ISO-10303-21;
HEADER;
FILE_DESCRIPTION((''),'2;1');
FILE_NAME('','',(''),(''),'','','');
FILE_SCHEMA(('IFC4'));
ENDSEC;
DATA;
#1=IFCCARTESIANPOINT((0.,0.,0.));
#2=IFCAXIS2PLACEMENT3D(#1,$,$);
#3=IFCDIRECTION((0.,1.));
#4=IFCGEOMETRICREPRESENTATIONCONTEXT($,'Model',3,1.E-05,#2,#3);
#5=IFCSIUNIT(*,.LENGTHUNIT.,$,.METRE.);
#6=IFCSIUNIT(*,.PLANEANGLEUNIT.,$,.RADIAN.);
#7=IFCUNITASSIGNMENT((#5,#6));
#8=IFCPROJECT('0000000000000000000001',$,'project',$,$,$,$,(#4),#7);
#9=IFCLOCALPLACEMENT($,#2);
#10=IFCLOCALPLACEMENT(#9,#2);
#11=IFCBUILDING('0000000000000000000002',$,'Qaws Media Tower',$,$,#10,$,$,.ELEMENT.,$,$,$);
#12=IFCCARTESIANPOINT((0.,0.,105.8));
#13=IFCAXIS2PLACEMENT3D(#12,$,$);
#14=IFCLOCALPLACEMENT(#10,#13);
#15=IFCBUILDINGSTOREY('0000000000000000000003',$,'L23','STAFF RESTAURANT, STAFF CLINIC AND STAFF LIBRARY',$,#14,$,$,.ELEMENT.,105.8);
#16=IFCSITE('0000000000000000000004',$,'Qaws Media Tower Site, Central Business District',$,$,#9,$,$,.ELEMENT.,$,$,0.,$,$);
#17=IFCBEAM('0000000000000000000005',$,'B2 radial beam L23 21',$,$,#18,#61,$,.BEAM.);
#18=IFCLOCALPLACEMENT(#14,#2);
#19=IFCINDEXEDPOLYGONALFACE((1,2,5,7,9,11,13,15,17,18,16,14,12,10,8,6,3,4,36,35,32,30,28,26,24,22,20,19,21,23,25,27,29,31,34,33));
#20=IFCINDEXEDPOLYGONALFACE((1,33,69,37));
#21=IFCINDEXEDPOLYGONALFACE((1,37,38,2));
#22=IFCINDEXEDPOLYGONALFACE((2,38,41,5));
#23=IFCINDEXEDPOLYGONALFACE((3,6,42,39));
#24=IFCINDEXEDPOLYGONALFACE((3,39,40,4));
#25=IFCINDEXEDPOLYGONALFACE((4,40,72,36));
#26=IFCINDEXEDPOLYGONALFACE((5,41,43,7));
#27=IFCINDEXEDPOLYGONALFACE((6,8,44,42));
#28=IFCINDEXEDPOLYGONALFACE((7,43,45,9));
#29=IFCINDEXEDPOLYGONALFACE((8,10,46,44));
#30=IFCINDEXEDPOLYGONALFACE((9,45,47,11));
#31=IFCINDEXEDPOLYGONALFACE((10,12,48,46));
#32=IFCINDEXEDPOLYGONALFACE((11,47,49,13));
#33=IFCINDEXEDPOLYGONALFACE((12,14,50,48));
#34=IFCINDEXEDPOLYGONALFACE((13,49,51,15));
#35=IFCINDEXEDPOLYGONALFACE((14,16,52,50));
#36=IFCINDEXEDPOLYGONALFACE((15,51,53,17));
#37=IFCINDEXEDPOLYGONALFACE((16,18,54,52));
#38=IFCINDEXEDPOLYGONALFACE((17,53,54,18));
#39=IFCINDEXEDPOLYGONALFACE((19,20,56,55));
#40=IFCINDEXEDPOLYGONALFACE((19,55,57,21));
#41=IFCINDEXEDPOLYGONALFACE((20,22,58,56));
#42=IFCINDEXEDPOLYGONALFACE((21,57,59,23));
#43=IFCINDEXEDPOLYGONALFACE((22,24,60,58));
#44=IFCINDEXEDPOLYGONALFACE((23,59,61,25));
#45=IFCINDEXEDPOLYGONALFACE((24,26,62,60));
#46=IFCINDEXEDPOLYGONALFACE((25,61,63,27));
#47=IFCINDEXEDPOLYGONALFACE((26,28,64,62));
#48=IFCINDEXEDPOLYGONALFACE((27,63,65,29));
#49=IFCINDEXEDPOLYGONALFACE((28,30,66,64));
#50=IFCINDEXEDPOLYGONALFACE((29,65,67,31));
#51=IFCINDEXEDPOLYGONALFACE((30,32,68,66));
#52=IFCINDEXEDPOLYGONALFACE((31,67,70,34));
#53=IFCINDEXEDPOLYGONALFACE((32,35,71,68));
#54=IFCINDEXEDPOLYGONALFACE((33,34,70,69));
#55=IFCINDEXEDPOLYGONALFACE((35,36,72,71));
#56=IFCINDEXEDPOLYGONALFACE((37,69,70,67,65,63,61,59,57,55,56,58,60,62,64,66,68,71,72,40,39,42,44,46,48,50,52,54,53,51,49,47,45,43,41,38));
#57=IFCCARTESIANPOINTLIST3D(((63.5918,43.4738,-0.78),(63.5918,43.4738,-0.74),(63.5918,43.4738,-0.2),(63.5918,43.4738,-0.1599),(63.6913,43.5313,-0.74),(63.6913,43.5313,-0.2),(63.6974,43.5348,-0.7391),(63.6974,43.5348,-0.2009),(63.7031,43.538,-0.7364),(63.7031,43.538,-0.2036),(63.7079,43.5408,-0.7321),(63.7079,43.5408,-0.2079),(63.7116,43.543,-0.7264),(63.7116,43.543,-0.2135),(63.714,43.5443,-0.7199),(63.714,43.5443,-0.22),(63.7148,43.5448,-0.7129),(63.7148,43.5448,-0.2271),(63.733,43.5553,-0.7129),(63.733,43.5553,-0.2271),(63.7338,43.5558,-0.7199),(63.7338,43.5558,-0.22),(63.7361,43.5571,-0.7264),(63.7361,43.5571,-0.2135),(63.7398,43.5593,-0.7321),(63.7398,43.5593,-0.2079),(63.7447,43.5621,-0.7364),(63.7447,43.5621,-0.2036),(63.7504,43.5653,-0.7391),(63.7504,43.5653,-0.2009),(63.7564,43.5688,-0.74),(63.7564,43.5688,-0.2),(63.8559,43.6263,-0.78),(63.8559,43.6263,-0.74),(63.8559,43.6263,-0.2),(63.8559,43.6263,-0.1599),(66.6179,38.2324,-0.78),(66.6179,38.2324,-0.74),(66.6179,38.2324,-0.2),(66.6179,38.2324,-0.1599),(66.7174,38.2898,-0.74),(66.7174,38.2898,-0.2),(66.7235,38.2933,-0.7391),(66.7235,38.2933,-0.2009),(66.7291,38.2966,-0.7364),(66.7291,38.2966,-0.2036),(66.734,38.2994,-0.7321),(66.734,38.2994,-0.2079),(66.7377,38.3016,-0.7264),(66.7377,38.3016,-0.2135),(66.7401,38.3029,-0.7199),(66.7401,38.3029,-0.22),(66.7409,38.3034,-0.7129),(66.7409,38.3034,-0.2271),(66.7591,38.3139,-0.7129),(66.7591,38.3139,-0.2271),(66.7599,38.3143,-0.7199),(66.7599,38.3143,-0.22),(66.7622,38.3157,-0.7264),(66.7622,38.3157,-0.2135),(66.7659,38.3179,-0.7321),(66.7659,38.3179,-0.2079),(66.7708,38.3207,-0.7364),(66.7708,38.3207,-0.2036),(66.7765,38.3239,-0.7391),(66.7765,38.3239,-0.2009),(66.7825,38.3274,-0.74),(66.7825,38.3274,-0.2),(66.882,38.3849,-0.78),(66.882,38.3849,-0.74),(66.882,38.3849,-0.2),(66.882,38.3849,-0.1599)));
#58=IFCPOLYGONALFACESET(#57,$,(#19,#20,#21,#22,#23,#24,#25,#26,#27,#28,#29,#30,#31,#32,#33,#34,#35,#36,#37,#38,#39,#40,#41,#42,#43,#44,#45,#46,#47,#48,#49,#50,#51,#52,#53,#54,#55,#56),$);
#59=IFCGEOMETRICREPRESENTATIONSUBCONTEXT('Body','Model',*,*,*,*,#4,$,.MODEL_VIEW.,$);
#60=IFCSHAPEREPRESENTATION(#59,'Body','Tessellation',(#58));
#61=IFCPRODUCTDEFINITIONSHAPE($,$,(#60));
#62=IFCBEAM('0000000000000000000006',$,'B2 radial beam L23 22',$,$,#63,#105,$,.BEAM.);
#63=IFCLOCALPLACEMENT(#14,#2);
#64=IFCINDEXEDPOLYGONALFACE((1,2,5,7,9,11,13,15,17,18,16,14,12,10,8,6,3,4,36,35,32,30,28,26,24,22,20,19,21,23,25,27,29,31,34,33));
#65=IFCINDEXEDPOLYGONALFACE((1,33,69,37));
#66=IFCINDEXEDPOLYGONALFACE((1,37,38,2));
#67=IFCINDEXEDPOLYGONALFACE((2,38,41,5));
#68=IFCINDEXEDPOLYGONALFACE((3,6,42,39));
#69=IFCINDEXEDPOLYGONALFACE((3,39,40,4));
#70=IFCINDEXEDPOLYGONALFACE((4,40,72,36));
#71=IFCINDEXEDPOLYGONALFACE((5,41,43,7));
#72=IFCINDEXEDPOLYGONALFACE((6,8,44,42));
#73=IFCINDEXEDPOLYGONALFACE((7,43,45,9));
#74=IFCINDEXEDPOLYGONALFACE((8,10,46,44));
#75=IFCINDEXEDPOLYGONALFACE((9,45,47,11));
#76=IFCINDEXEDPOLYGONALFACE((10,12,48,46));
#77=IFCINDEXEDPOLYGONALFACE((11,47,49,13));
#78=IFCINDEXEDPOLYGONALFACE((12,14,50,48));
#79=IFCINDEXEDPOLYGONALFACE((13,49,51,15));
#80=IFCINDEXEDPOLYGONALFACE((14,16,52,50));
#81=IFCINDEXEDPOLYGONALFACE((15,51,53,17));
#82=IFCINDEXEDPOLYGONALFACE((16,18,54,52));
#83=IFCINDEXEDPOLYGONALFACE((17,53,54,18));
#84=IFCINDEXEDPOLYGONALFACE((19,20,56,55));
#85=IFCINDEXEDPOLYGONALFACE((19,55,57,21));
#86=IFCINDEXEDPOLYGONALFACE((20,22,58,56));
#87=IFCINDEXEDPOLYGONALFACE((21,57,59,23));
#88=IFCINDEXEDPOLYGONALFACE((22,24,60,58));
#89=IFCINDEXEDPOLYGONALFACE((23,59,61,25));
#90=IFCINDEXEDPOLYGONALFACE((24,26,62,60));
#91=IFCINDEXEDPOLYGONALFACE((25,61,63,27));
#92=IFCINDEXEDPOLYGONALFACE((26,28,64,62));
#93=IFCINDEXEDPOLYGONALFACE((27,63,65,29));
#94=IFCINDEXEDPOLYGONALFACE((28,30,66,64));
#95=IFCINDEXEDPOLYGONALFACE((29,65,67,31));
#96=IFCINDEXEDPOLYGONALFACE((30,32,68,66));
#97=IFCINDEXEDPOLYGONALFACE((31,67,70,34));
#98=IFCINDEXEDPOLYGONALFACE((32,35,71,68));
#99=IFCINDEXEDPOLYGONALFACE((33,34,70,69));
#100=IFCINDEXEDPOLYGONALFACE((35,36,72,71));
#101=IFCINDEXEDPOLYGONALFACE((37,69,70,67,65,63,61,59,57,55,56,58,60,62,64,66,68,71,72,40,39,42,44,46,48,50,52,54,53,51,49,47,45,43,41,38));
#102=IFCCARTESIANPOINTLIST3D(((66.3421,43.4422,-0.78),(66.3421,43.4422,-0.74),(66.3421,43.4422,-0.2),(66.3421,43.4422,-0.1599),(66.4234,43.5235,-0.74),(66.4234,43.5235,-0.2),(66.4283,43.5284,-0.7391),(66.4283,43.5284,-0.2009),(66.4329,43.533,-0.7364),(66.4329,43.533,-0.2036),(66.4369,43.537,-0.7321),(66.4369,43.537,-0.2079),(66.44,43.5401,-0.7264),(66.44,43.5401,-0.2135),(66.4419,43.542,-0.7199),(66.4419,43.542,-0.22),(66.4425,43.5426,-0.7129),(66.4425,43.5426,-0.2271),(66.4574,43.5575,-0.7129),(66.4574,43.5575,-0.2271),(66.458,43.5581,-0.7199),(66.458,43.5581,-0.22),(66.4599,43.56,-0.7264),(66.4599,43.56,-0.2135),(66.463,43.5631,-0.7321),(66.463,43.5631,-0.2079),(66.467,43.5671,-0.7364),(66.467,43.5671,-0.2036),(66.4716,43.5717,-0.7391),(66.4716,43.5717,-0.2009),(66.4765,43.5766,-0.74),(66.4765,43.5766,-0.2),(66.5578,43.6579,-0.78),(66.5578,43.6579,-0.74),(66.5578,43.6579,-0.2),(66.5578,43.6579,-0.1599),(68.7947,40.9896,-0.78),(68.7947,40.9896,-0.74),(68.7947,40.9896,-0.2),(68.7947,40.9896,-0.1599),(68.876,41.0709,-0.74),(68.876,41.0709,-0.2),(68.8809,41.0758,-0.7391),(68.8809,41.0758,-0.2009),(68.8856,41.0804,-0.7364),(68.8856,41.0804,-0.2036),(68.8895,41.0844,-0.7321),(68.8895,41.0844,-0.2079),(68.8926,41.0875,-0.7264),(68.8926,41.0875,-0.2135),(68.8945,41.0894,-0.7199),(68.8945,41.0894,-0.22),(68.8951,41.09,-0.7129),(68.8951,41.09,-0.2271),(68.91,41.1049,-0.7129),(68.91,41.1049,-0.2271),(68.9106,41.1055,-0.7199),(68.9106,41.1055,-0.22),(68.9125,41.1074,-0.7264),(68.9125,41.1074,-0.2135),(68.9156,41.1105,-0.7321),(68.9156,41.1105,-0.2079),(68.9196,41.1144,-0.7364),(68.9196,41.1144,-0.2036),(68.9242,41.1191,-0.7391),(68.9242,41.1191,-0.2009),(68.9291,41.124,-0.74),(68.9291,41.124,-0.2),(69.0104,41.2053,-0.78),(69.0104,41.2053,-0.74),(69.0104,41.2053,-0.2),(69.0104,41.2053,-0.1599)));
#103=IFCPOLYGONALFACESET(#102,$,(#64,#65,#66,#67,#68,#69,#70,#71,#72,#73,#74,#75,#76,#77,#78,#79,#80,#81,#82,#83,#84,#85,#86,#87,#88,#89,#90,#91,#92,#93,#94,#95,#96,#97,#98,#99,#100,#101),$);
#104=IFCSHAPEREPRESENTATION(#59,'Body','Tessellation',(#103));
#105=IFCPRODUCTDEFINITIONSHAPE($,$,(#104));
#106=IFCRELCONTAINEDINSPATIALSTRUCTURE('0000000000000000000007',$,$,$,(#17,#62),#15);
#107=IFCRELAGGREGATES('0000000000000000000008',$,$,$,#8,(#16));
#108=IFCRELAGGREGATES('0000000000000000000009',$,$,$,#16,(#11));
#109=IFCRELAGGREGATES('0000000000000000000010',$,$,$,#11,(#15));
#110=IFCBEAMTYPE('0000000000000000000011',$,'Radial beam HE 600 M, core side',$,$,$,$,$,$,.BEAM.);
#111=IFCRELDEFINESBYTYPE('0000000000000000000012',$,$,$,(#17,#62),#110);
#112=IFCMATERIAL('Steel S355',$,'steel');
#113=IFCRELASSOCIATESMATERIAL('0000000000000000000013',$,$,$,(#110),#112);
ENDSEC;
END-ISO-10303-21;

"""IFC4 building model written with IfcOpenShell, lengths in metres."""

from ifc_helpers import new_model, si_unit, direction, frame, origin, origin_2d, place, context, subcontext, project, spatial, i_section, extrude, material, material_profile, profile_set, type_object, element, save


model = new_model("IFC4")

# Units and contexts
model_context = context("Model", 3, precision=1e-05, world=origin(), true_north=direction((0.0, 1.0)))
body_context = subcontext(model_context, "Body", "Model", "MODEL_VIEW")
ifc_project = project(units=[si_unit("LENGTHUNIT", "METRE"), si_unit("PLANEANGLEUNIT", "RADIAN")], contexts=[model_context])

# Site, building, storey
site_placement = place(None, origin())
site = spatial("IfcSite", under=ifc_project, at=site_placement, Name="Qaws Media Tower Site, Central Business District", CompositionType="ELEMENT", RefElevation=0.0)
building_placement = place(site_placement, origin())
building = spatial("IfcBuilding", under=site, at=building_placement, Name="Qaws Media Tower", CompositionType="ELEMENT")
storey_placement = place(building_placement, frame((0.0, 0.0, 105.8)))
storey = spatial("IfcBuildingStorey", under=building, at=storey_placement, Name="L23", Description="STAFF RESTAURANT, STAFF CLINIC AND STAFF LIBRARY", CompositionType="ELEMENT", Elevation=105.8)

# Beams
ifc_material_1 = material(Name="Steel S355", Category="steel")
ifc_material_profile = material_profile(ifc_material_1, i_section(OverallWidth=0.3049, OverallDepth=0.6201, WebThickness=0.021, FlangeThickness=0.04, FilletRadius=0.0271, at=origin_2d()), Name="HE 600 M")
ifc_profile_set = profile_set([ifc_material_profile], Name="Steel S355")
beam_type = type_object("IfcBeamType", Name="Radial beam HE 600 M, core side", PredefinedType="BEAM", material=ifc_profile_set)
beam_1_placement = place(storey_placement, frame((63.7239, 43.55, -0.47), z_axis=(0.499996, -0.866028, 0.0), x_axis=(0.866028, 0.499996, 0.0)))
element("IfcBeam", 1, at=beam_1_placement, inside=storey, type_object=beam_type, Name="B2 radial beam L23 21", PredefinedType="BEAM", context=body_context, shape_type="SweptSolid", body=[
    extrude(i_section(OverallWidth=0.3049, OverallDepth=0.6201, WebThickness=0.021, FlangeThickness=0.04, FilletRadius=0.0271, at=origin_2d()), origin(), (0.0, 0.0, 1.0), 6.0522),
])
beam_2_placement = place(storey_placement, frame((66.45, 43.55, -0.47), z_axis=(0.707107, -0.707107, 0.0), x_axis=(0.707107, 0.707107, 0.0)))
element("IfcBeam", 2, at=beam_2_placement, inside=storey, type_object=beam_type, Name="B2 radial beam L23 22", PredefinedType="BEAM", context=body_context, shape_type="SweptSolid", body=[
    extrude(i_section(OverallWidth=0.3049, OverallDepth=0.6201, WebThickness=0.021, FlangeThickness=0.04, FilletRadius=0.0271, at=origin_2d()), origin(), (0.0, 0.0, 1.0), 3.4685),
])

save(model, "model.ifc")
